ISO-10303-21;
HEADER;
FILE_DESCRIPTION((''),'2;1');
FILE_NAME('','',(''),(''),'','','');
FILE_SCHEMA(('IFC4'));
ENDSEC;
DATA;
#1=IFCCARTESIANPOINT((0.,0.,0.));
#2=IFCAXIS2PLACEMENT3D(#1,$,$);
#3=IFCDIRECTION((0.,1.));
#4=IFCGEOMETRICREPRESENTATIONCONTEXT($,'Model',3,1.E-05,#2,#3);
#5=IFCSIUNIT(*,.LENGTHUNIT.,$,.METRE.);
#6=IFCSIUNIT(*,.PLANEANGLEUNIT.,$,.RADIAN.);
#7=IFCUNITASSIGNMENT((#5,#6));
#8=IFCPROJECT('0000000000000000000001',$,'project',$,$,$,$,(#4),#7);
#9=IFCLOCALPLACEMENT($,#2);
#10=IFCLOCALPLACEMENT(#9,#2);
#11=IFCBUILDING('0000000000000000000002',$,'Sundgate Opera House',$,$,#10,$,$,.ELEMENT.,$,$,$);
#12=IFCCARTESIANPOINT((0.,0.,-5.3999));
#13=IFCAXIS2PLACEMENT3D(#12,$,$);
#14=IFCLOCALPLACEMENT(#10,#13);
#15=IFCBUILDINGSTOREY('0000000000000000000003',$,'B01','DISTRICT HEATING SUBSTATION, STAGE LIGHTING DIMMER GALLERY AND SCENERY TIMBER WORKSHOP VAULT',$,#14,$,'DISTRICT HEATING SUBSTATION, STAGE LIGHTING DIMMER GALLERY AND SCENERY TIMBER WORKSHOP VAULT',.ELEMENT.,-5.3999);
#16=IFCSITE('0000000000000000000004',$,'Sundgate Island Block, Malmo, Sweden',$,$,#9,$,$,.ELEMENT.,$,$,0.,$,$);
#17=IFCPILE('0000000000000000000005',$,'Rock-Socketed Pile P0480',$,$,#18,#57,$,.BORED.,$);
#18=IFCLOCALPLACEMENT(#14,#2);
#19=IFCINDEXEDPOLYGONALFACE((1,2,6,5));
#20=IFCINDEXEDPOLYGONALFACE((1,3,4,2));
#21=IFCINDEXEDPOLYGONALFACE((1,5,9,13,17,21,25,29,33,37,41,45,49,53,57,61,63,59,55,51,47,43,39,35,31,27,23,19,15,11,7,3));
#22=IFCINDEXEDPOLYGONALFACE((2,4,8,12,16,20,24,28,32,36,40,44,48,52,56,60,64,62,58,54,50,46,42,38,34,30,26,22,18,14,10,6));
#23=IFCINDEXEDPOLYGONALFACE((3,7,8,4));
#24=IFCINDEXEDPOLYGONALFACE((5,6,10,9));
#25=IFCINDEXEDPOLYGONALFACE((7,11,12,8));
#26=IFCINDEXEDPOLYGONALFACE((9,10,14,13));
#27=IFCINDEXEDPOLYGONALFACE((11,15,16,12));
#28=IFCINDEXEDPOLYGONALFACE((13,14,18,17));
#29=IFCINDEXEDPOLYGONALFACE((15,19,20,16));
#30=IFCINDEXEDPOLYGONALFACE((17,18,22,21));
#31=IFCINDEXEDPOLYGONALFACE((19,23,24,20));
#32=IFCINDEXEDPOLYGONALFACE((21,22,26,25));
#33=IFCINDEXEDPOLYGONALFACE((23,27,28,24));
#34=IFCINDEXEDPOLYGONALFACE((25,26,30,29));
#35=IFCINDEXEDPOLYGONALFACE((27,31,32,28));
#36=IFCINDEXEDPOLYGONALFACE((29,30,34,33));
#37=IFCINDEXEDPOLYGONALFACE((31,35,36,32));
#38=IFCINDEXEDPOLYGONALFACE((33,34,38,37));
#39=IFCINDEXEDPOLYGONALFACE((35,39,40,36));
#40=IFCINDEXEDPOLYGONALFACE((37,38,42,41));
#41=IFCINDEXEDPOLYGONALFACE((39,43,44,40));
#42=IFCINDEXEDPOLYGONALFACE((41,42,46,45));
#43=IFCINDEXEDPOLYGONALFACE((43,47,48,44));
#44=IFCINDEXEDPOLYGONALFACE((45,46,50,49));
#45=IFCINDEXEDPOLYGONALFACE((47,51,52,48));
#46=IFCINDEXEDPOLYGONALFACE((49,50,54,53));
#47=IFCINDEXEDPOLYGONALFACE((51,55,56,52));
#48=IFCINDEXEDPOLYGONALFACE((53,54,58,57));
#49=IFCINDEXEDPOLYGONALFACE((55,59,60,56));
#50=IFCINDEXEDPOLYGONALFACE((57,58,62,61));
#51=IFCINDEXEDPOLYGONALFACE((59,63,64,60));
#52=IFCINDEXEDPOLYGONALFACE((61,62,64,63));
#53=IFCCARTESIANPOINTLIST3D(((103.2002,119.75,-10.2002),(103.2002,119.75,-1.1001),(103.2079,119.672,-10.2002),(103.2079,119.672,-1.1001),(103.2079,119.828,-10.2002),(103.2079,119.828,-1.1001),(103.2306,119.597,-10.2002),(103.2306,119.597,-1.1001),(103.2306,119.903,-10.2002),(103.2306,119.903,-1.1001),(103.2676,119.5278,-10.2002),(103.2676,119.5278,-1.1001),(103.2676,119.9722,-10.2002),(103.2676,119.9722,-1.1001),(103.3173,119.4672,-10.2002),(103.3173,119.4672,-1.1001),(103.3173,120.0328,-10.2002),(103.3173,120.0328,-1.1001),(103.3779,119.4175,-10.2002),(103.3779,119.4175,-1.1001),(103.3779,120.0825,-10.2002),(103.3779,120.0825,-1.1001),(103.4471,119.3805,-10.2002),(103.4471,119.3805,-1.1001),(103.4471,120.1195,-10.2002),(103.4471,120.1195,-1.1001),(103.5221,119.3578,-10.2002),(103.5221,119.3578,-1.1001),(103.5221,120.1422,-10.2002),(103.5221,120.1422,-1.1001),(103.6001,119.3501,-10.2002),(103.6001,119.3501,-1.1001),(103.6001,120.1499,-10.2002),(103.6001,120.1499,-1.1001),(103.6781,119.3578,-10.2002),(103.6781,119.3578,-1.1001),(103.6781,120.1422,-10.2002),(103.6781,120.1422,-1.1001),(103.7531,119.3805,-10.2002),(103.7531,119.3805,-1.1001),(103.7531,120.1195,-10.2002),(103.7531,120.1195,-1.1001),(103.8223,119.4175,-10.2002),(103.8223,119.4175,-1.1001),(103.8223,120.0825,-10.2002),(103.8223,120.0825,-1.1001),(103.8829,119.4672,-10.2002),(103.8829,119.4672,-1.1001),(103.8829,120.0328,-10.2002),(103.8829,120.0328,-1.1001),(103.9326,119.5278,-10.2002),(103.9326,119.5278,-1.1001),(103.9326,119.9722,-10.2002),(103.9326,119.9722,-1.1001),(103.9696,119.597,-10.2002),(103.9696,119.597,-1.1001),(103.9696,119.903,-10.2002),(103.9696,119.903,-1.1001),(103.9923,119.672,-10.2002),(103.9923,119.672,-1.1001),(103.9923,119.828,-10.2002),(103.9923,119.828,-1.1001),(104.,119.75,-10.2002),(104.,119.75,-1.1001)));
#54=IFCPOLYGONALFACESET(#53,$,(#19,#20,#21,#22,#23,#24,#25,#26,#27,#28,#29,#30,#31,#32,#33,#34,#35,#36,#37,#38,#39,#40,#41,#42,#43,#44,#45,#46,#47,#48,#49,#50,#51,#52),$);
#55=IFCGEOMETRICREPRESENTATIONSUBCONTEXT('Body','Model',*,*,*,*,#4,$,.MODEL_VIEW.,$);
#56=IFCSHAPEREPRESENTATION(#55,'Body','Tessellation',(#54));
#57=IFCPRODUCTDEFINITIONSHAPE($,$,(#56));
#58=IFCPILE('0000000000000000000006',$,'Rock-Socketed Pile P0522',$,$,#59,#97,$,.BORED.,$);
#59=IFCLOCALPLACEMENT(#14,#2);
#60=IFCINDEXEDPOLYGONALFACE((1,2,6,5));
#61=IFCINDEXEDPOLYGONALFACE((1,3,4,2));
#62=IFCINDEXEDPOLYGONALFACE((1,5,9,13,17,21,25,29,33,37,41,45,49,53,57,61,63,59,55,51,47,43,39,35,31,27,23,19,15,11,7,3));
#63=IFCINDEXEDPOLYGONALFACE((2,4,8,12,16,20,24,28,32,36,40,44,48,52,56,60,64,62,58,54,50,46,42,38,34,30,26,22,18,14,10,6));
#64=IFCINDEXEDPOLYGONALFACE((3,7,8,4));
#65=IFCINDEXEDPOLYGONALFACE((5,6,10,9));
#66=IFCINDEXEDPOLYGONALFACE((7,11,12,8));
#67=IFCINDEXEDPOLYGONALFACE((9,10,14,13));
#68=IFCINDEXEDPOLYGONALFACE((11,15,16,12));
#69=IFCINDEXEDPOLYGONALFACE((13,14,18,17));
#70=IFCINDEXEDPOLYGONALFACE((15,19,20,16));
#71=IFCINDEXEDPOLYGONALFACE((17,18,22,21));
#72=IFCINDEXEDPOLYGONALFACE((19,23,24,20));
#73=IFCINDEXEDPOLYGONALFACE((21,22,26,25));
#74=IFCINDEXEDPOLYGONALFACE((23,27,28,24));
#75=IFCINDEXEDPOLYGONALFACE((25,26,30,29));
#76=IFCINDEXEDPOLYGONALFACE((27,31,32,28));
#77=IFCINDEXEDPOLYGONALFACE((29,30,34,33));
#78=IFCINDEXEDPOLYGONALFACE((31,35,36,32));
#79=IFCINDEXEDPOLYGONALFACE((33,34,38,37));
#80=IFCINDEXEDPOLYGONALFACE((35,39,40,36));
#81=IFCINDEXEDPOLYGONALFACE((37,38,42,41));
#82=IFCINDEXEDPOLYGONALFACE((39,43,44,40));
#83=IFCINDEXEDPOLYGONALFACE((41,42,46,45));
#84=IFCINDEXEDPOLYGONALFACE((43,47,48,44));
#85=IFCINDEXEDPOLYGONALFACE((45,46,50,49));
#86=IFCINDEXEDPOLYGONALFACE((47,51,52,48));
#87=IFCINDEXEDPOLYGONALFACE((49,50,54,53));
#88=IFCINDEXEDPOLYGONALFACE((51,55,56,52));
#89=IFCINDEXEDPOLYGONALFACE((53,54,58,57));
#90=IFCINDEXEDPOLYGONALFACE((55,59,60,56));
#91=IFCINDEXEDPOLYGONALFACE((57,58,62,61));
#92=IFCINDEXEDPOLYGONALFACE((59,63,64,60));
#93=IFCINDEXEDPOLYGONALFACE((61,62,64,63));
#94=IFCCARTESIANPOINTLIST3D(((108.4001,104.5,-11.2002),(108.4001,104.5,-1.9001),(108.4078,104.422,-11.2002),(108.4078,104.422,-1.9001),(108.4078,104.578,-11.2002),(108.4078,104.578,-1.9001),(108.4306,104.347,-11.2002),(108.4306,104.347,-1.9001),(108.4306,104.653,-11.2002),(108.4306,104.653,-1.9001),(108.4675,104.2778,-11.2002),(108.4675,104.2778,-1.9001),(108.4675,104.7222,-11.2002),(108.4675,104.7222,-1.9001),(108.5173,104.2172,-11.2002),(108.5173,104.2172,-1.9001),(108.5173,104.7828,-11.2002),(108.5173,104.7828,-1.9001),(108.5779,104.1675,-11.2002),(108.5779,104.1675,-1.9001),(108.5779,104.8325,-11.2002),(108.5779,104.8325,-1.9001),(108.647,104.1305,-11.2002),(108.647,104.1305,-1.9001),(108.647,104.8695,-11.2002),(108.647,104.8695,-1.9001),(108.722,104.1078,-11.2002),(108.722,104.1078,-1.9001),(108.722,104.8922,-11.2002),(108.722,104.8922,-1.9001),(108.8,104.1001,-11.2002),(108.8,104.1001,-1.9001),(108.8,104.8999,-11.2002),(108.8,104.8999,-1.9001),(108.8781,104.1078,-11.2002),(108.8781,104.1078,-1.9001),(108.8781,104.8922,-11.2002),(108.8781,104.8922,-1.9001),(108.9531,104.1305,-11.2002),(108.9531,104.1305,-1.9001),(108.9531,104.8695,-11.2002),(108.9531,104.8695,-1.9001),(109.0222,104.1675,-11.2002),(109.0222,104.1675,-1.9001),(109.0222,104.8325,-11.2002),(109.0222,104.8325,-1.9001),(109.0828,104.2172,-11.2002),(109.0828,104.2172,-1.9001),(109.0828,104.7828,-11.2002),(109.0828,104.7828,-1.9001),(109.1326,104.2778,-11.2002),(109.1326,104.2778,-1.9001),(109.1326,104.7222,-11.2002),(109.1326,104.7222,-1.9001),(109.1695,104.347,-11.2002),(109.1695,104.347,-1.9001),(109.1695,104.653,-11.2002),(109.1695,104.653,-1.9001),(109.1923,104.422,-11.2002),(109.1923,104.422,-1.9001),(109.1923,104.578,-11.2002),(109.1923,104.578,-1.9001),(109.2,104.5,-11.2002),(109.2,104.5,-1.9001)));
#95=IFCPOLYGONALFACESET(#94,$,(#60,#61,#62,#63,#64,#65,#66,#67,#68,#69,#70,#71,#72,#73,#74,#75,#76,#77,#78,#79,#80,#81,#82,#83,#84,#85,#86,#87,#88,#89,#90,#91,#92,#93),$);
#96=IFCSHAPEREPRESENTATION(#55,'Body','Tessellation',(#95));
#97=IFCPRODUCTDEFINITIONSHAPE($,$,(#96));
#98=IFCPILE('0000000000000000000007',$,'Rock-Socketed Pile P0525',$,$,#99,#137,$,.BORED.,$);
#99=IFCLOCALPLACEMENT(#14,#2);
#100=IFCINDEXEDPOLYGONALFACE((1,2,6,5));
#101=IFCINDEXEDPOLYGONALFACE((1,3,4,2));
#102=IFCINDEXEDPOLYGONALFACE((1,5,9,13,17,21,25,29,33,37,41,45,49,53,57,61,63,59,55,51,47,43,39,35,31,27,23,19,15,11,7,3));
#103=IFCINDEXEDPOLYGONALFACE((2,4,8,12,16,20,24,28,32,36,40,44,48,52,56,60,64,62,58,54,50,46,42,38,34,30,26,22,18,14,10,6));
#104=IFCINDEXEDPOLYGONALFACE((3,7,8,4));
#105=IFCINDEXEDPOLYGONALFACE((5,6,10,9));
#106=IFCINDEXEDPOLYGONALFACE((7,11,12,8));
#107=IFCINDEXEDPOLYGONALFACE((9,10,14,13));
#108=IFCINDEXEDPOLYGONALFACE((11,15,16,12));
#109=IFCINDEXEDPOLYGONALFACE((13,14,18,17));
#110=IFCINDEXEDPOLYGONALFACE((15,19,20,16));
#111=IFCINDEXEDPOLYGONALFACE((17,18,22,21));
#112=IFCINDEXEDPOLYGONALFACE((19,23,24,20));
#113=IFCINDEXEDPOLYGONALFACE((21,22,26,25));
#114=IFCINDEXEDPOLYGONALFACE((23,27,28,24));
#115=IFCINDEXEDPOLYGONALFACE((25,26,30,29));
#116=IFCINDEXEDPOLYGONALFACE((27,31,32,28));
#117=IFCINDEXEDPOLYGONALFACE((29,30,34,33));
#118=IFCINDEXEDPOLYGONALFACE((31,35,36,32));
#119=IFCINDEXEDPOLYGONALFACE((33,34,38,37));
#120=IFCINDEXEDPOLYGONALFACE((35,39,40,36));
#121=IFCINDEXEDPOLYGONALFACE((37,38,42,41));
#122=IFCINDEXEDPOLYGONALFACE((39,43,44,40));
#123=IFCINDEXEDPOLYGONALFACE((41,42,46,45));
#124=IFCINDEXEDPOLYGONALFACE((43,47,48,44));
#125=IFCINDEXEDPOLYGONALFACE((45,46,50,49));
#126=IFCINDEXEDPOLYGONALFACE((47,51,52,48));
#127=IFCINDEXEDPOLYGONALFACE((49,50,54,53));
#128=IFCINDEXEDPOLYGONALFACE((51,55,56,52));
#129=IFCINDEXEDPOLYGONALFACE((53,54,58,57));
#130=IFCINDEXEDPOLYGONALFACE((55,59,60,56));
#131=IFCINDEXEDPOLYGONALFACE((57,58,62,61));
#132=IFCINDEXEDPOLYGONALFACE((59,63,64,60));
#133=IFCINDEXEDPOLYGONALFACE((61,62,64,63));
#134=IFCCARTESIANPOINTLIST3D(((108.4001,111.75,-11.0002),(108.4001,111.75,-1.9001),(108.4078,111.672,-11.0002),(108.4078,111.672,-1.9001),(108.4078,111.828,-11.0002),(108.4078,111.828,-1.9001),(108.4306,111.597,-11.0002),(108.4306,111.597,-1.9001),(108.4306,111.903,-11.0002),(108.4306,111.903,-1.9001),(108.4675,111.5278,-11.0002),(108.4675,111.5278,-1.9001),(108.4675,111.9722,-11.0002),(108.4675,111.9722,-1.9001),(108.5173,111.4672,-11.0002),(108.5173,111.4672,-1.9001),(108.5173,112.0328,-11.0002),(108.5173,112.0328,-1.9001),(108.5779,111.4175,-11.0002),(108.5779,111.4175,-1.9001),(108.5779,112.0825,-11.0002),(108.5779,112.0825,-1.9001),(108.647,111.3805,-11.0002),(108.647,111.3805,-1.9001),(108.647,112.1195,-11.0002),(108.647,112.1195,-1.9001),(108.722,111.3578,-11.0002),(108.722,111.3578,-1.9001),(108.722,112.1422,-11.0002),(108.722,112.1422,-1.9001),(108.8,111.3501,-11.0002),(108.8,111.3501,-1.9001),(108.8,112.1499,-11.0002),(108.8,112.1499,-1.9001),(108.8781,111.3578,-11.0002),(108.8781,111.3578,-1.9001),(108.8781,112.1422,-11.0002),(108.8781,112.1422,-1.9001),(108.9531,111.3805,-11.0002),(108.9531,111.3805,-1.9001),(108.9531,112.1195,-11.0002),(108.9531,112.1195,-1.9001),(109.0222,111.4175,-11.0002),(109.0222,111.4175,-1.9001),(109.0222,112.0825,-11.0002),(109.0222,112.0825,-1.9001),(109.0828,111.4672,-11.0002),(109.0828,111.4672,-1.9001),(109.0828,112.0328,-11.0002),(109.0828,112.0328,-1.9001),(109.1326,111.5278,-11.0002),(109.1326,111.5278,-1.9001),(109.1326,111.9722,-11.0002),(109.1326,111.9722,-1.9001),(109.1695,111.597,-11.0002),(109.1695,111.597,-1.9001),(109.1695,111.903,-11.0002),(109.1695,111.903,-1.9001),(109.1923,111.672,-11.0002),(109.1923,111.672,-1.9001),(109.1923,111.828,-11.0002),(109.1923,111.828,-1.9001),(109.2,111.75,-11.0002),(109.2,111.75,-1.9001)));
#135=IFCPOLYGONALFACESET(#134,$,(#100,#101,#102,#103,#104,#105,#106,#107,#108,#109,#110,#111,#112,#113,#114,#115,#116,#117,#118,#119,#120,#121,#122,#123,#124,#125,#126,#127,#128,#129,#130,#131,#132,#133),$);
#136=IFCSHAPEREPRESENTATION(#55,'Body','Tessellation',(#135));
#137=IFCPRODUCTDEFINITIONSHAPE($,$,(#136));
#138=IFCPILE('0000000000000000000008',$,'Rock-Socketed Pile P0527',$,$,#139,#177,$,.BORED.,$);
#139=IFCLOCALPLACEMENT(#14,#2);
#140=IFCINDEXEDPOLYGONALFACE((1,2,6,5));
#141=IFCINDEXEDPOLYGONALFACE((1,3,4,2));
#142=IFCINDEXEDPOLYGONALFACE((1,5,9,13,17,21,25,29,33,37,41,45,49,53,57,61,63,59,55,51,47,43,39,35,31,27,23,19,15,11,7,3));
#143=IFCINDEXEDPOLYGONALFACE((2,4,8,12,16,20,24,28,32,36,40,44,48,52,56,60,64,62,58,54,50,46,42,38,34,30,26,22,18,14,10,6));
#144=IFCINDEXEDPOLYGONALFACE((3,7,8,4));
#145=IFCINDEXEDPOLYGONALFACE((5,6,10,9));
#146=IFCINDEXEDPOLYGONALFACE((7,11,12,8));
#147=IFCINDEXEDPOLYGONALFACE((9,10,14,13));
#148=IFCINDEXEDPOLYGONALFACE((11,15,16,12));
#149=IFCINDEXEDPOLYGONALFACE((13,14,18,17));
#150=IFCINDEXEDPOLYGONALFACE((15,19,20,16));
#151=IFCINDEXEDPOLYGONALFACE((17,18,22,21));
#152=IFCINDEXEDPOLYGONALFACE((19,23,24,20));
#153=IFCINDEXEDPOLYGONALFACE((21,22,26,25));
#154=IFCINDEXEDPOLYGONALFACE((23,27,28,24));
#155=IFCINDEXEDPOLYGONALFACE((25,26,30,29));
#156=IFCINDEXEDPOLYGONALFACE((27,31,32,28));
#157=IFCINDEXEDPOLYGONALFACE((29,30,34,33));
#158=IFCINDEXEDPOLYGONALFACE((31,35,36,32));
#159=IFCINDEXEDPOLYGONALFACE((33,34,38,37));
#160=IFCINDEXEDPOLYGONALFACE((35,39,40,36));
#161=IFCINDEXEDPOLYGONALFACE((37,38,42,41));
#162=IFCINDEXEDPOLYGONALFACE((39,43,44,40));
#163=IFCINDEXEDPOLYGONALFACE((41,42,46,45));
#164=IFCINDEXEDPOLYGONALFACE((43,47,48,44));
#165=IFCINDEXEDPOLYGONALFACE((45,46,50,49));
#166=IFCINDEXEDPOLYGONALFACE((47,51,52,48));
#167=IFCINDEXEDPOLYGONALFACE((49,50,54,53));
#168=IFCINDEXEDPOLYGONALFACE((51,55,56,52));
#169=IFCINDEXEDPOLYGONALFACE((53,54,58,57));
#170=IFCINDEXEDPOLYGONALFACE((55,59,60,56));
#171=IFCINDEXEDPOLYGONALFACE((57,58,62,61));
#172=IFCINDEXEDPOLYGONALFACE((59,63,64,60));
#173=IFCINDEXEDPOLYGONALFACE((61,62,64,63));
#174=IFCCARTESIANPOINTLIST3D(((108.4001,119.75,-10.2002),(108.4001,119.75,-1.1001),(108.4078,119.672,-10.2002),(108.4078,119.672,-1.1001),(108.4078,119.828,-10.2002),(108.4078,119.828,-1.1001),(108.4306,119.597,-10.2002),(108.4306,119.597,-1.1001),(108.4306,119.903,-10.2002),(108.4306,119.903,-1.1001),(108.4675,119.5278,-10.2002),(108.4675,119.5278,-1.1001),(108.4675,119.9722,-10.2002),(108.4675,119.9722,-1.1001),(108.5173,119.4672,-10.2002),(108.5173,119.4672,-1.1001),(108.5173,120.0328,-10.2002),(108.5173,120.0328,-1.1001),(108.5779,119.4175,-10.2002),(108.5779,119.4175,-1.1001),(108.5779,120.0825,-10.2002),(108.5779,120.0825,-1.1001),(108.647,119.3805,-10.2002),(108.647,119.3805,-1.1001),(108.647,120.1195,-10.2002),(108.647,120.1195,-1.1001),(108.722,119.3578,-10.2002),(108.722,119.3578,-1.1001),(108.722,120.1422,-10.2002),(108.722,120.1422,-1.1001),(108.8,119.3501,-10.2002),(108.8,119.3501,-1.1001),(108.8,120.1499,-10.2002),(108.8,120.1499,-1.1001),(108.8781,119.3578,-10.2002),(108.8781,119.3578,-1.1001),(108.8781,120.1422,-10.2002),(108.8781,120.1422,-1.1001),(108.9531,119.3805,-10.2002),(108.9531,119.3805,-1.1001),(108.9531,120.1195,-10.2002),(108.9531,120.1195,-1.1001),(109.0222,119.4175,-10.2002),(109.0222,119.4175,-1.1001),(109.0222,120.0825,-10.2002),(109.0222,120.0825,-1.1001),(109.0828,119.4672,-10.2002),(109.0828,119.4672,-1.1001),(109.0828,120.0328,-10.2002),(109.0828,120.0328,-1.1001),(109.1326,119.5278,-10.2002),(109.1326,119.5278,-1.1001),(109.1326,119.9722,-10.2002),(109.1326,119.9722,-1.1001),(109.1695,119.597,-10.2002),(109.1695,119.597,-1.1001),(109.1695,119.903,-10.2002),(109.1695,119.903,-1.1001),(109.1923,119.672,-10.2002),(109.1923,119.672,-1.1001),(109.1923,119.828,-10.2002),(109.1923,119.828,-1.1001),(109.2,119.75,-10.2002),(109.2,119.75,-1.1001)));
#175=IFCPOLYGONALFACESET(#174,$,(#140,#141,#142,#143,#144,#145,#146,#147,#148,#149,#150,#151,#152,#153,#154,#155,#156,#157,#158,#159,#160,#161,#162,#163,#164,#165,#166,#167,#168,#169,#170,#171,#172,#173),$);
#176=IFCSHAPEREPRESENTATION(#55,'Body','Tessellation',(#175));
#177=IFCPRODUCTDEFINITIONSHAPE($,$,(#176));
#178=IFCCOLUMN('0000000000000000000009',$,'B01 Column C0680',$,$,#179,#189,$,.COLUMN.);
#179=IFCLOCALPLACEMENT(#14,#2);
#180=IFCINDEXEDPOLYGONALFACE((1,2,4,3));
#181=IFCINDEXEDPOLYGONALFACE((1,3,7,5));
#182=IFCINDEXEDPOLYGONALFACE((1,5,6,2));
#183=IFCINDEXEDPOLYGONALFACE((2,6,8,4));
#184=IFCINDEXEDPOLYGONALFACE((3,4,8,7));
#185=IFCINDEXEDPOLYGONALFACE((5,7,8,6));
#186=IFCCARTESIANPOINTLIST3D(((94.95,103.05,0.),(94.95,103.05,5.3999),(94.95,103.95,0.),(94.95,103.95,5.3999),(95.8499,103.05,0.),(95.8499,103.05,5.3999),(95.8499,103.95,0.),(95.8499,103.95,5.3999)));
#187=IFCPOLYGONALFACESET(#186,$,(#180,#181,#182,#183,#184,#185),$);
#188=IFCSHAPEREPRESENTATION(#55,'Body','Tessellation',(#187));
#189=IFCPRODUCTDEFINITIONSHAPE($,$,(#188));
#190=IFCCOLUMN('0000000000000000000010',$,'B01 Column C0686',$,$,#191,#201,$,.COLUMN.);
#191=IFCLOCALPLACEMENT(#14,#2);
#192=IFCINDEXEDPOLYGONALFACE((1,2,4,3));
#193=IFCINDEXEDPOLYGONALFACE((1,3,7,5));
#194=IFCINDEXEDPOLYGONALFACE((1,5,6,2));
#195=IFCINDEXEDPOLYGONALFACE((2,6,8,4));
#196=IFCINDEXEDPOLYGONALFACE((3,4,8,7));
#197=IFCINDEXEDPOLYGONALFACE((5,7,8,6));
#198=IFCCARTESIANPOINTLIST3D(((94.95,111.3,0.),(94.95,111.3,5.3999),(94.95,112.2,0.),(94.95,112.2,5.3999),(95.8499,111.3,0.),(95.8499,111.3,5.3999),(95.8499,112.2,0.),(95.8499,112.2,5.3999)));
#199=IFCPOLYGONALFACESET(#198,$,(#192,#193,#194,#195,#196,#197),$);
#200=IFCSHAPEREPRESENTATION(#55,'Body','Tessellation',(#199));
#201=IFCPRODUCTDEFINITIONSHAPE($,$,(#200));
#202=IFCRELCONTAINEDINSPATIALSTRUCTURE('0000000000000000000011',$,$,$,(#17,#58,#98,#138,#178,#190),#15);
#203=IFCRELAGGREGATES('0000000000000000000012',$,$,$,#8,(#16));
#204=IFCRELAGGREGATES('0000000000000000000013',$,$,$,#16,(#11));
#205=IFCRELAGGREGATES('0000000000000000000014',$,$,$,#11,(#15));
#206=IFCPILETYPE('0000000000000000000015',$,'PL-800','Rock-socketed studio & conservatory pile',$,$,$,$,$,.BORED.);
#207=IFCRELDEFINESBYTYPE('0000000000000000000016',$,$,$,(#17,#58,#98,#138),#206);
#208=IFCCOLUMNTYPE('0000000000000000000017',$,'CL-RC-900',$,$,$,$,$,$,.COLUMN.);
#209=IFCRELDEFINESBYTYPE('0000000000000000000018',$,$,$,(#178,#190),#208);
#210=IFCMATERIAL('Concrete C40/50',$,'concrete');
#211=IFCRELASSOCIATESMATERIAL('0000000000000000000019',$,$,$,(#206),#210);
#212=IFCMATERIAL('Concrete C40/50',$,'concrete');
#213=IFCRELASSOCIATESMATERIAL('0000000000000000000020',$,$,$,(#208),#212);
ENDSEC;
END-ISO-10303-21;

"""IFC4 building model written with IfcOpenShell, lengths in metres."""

from ifc_helpers import new_model, si_unit, direction, frame, origin, origin_2d, place, context, subcontext, project, spatial, rectangle, circle, extrude, material, material_profile, profile_set, type_object, element, save


model = new_model("IFC4")

# Units and contexts
model_context = context("Model", 3, precision=1e-05, world=origin(), true_north=direction((0.0, 1.0)))
body_context = subcontext(model_context, "Body", "Model", "MODEL_VIEW")
ifc_project = project(units=[si_unit("LENGTHUNIT", "METRE"), si_unit("PLANEANGLEUNIT", "RADIAN")], contexts=[model_context])

# Site, building, storey
site_placement = place(None, origin())
site = spatial("IfcSite", under=ifc_project, at=site_placement, Name="Sundgate Island Block, Malmo, Sweden", CompositionType="ELEMENT", RefElevation=0.0)
building_placement = place(site_placement, origin())
building = spatial("IfcBuilding", under=site, at=building_placement, Name="Sundgate Opera House", CompositionType="ELEMENT")
storey_placement = place(building_placement, frame((0.0, 0.0, -5.3999)))
storey = spatial("IfcBuildingStorey", under=building, at=storey_placement, Name="B01", Description="DISTRICT HEATING SUBSTATION, STAGE LIGHTING DIMMER GALLERY AND SCENERY TIMBER WORKSHOP VAULT", LongName="DISTRICT HEATING SUBSTATION, STAGE LIGHTING DIMMER GALLERY AND SCENERY TIMBER WORKSHOP VAULT", CompositionType="ELEMENT", Elevation=-5.3999)

# Piles
ifc_material_1 = material(Name="Concrete C40/50", Category="concrete")
ifc_material_profile_1 = material_profile(ifc_material_1, circle(Radius=0.3999, at=origin_2d()), Name="PILE D800")
ifc_profile_set_1 = profile_set([ifc_material_profile_1], Name="Concrete C40/50")
pile_type = type_object("IfcPileType", Name="PL-800", Description="Rock-socketed studio & conservatory pile", PredefinedType="BORED", material=ifc_profile_set_1)
for number, where, z_axis, x_axis, name in (
    (1, (103.6001, 119.75, -1.1001), (0.0, 0.0, -1.0), (1.0, 0.0, 0.0), "Rock-Socketed Pile P0480"),
):
    element("IfcPile", number, at=place(storey_placement, frame(where, z_axis=z_axis, x_axis=x_axis)), inside=storey, type_object=pile_type, Name=name, PredefinedType="BORED", context=body_context, shape_type="SweptSolid", body=[
        extrude(circle(Radius=0.3999, at=origin_2d()), origin(), (0.0, 0.0, 1.0), 9.1001),
    ])
pile_1_placement = place(storey_placement, frame((108.8, 104.5, -1.9001), z_axis=(0.0, 0.0, -1.0), x_axis=(1.0, 0.0, 0.0)))
element("IfcPile", 2, at=pile_1_placement, inside=storey, type_object=pile_type, Name="Rock-Socketed Pile P0522", PredefinedType="BORED", context=body_context, shape_type="SweptSolid", body=[
    extrude(circle(Radius=0.3999, at=origin_2d()), origin(), (0.0, 0.0, 1.0), 9.3),
])
for number, where, z_axis, x_axis, name in (
    (3, (108.8, 111.75, -1.9001), (0.0, 0.0, -1.0), (1.0, 0.0, 0.0), "Rock-Socketed Pile P0525"),
    (4, (108.8, 119.75, -1.1001), (0.0, 0.0, -1.0), (1.0, 0.0, 0.0), "Rock-Socketed Pile P0527"),
):
    element("IfcPile", number, at=place(storey_placement, frame(where, z_axis=z_axis, x_axis=x_axis)), inside=storey, type_object=pile_type, Name=name, PredefinedType="BORED", context=body_context, shape_type="SweptSolid", body=[
        extrude(circle(Radius=0.3999, at=origin_2d()), origin(), (0.0, 0.0, 1.0), 9.1001),
    ])

# Columns
ifc_material_2 = material(Name="Concrete C40/50", Category="concrete")
ifc_material_profile_2 = material_profile(ifc_material_2, rectangle(XDim=0.8999, YDim=0.8999, at=origin_2d()), Name="RC 900x900")
ifc_profile_set_2 = profile_set([ifc_material_profile_2], Name="Concrete C40/50")
column_type_1 = type_object("IfcColumnType", Name="CL-RC-900", PredefinedType="COLUMN", material=ifc_profile_set_2)
for number, where, z_axis, x_axis, name in (
    (5, (95.3999, 103.5, 0.0), (0.0, 0.0, 1.0), (1.0, 0.0, 0.0), "B01 Column C0680"),
    (6, (95.3999, 111.75, 0.0), (0.0, 0.0, 1.0), (1.0, 0.0, 0.0), "B01 Column C0686"),
):
    element("IfcColumn", number, at=place(storey_placement, frame(where, z_axis=z_axis, x_axis=x_axis)), inside=storey, type_object=column_type_1, Name=name, PredefinedType="COLUMN", context=body_context, shape_type="SweptSolid", body=[
        extrude(rectangle(XDim=0.8999, YDim=0.8999, at=origin_2d()), origin(), (0.0, 0.0, 1.0), 5.3999),
    ])

save(model, "model.ifc")
